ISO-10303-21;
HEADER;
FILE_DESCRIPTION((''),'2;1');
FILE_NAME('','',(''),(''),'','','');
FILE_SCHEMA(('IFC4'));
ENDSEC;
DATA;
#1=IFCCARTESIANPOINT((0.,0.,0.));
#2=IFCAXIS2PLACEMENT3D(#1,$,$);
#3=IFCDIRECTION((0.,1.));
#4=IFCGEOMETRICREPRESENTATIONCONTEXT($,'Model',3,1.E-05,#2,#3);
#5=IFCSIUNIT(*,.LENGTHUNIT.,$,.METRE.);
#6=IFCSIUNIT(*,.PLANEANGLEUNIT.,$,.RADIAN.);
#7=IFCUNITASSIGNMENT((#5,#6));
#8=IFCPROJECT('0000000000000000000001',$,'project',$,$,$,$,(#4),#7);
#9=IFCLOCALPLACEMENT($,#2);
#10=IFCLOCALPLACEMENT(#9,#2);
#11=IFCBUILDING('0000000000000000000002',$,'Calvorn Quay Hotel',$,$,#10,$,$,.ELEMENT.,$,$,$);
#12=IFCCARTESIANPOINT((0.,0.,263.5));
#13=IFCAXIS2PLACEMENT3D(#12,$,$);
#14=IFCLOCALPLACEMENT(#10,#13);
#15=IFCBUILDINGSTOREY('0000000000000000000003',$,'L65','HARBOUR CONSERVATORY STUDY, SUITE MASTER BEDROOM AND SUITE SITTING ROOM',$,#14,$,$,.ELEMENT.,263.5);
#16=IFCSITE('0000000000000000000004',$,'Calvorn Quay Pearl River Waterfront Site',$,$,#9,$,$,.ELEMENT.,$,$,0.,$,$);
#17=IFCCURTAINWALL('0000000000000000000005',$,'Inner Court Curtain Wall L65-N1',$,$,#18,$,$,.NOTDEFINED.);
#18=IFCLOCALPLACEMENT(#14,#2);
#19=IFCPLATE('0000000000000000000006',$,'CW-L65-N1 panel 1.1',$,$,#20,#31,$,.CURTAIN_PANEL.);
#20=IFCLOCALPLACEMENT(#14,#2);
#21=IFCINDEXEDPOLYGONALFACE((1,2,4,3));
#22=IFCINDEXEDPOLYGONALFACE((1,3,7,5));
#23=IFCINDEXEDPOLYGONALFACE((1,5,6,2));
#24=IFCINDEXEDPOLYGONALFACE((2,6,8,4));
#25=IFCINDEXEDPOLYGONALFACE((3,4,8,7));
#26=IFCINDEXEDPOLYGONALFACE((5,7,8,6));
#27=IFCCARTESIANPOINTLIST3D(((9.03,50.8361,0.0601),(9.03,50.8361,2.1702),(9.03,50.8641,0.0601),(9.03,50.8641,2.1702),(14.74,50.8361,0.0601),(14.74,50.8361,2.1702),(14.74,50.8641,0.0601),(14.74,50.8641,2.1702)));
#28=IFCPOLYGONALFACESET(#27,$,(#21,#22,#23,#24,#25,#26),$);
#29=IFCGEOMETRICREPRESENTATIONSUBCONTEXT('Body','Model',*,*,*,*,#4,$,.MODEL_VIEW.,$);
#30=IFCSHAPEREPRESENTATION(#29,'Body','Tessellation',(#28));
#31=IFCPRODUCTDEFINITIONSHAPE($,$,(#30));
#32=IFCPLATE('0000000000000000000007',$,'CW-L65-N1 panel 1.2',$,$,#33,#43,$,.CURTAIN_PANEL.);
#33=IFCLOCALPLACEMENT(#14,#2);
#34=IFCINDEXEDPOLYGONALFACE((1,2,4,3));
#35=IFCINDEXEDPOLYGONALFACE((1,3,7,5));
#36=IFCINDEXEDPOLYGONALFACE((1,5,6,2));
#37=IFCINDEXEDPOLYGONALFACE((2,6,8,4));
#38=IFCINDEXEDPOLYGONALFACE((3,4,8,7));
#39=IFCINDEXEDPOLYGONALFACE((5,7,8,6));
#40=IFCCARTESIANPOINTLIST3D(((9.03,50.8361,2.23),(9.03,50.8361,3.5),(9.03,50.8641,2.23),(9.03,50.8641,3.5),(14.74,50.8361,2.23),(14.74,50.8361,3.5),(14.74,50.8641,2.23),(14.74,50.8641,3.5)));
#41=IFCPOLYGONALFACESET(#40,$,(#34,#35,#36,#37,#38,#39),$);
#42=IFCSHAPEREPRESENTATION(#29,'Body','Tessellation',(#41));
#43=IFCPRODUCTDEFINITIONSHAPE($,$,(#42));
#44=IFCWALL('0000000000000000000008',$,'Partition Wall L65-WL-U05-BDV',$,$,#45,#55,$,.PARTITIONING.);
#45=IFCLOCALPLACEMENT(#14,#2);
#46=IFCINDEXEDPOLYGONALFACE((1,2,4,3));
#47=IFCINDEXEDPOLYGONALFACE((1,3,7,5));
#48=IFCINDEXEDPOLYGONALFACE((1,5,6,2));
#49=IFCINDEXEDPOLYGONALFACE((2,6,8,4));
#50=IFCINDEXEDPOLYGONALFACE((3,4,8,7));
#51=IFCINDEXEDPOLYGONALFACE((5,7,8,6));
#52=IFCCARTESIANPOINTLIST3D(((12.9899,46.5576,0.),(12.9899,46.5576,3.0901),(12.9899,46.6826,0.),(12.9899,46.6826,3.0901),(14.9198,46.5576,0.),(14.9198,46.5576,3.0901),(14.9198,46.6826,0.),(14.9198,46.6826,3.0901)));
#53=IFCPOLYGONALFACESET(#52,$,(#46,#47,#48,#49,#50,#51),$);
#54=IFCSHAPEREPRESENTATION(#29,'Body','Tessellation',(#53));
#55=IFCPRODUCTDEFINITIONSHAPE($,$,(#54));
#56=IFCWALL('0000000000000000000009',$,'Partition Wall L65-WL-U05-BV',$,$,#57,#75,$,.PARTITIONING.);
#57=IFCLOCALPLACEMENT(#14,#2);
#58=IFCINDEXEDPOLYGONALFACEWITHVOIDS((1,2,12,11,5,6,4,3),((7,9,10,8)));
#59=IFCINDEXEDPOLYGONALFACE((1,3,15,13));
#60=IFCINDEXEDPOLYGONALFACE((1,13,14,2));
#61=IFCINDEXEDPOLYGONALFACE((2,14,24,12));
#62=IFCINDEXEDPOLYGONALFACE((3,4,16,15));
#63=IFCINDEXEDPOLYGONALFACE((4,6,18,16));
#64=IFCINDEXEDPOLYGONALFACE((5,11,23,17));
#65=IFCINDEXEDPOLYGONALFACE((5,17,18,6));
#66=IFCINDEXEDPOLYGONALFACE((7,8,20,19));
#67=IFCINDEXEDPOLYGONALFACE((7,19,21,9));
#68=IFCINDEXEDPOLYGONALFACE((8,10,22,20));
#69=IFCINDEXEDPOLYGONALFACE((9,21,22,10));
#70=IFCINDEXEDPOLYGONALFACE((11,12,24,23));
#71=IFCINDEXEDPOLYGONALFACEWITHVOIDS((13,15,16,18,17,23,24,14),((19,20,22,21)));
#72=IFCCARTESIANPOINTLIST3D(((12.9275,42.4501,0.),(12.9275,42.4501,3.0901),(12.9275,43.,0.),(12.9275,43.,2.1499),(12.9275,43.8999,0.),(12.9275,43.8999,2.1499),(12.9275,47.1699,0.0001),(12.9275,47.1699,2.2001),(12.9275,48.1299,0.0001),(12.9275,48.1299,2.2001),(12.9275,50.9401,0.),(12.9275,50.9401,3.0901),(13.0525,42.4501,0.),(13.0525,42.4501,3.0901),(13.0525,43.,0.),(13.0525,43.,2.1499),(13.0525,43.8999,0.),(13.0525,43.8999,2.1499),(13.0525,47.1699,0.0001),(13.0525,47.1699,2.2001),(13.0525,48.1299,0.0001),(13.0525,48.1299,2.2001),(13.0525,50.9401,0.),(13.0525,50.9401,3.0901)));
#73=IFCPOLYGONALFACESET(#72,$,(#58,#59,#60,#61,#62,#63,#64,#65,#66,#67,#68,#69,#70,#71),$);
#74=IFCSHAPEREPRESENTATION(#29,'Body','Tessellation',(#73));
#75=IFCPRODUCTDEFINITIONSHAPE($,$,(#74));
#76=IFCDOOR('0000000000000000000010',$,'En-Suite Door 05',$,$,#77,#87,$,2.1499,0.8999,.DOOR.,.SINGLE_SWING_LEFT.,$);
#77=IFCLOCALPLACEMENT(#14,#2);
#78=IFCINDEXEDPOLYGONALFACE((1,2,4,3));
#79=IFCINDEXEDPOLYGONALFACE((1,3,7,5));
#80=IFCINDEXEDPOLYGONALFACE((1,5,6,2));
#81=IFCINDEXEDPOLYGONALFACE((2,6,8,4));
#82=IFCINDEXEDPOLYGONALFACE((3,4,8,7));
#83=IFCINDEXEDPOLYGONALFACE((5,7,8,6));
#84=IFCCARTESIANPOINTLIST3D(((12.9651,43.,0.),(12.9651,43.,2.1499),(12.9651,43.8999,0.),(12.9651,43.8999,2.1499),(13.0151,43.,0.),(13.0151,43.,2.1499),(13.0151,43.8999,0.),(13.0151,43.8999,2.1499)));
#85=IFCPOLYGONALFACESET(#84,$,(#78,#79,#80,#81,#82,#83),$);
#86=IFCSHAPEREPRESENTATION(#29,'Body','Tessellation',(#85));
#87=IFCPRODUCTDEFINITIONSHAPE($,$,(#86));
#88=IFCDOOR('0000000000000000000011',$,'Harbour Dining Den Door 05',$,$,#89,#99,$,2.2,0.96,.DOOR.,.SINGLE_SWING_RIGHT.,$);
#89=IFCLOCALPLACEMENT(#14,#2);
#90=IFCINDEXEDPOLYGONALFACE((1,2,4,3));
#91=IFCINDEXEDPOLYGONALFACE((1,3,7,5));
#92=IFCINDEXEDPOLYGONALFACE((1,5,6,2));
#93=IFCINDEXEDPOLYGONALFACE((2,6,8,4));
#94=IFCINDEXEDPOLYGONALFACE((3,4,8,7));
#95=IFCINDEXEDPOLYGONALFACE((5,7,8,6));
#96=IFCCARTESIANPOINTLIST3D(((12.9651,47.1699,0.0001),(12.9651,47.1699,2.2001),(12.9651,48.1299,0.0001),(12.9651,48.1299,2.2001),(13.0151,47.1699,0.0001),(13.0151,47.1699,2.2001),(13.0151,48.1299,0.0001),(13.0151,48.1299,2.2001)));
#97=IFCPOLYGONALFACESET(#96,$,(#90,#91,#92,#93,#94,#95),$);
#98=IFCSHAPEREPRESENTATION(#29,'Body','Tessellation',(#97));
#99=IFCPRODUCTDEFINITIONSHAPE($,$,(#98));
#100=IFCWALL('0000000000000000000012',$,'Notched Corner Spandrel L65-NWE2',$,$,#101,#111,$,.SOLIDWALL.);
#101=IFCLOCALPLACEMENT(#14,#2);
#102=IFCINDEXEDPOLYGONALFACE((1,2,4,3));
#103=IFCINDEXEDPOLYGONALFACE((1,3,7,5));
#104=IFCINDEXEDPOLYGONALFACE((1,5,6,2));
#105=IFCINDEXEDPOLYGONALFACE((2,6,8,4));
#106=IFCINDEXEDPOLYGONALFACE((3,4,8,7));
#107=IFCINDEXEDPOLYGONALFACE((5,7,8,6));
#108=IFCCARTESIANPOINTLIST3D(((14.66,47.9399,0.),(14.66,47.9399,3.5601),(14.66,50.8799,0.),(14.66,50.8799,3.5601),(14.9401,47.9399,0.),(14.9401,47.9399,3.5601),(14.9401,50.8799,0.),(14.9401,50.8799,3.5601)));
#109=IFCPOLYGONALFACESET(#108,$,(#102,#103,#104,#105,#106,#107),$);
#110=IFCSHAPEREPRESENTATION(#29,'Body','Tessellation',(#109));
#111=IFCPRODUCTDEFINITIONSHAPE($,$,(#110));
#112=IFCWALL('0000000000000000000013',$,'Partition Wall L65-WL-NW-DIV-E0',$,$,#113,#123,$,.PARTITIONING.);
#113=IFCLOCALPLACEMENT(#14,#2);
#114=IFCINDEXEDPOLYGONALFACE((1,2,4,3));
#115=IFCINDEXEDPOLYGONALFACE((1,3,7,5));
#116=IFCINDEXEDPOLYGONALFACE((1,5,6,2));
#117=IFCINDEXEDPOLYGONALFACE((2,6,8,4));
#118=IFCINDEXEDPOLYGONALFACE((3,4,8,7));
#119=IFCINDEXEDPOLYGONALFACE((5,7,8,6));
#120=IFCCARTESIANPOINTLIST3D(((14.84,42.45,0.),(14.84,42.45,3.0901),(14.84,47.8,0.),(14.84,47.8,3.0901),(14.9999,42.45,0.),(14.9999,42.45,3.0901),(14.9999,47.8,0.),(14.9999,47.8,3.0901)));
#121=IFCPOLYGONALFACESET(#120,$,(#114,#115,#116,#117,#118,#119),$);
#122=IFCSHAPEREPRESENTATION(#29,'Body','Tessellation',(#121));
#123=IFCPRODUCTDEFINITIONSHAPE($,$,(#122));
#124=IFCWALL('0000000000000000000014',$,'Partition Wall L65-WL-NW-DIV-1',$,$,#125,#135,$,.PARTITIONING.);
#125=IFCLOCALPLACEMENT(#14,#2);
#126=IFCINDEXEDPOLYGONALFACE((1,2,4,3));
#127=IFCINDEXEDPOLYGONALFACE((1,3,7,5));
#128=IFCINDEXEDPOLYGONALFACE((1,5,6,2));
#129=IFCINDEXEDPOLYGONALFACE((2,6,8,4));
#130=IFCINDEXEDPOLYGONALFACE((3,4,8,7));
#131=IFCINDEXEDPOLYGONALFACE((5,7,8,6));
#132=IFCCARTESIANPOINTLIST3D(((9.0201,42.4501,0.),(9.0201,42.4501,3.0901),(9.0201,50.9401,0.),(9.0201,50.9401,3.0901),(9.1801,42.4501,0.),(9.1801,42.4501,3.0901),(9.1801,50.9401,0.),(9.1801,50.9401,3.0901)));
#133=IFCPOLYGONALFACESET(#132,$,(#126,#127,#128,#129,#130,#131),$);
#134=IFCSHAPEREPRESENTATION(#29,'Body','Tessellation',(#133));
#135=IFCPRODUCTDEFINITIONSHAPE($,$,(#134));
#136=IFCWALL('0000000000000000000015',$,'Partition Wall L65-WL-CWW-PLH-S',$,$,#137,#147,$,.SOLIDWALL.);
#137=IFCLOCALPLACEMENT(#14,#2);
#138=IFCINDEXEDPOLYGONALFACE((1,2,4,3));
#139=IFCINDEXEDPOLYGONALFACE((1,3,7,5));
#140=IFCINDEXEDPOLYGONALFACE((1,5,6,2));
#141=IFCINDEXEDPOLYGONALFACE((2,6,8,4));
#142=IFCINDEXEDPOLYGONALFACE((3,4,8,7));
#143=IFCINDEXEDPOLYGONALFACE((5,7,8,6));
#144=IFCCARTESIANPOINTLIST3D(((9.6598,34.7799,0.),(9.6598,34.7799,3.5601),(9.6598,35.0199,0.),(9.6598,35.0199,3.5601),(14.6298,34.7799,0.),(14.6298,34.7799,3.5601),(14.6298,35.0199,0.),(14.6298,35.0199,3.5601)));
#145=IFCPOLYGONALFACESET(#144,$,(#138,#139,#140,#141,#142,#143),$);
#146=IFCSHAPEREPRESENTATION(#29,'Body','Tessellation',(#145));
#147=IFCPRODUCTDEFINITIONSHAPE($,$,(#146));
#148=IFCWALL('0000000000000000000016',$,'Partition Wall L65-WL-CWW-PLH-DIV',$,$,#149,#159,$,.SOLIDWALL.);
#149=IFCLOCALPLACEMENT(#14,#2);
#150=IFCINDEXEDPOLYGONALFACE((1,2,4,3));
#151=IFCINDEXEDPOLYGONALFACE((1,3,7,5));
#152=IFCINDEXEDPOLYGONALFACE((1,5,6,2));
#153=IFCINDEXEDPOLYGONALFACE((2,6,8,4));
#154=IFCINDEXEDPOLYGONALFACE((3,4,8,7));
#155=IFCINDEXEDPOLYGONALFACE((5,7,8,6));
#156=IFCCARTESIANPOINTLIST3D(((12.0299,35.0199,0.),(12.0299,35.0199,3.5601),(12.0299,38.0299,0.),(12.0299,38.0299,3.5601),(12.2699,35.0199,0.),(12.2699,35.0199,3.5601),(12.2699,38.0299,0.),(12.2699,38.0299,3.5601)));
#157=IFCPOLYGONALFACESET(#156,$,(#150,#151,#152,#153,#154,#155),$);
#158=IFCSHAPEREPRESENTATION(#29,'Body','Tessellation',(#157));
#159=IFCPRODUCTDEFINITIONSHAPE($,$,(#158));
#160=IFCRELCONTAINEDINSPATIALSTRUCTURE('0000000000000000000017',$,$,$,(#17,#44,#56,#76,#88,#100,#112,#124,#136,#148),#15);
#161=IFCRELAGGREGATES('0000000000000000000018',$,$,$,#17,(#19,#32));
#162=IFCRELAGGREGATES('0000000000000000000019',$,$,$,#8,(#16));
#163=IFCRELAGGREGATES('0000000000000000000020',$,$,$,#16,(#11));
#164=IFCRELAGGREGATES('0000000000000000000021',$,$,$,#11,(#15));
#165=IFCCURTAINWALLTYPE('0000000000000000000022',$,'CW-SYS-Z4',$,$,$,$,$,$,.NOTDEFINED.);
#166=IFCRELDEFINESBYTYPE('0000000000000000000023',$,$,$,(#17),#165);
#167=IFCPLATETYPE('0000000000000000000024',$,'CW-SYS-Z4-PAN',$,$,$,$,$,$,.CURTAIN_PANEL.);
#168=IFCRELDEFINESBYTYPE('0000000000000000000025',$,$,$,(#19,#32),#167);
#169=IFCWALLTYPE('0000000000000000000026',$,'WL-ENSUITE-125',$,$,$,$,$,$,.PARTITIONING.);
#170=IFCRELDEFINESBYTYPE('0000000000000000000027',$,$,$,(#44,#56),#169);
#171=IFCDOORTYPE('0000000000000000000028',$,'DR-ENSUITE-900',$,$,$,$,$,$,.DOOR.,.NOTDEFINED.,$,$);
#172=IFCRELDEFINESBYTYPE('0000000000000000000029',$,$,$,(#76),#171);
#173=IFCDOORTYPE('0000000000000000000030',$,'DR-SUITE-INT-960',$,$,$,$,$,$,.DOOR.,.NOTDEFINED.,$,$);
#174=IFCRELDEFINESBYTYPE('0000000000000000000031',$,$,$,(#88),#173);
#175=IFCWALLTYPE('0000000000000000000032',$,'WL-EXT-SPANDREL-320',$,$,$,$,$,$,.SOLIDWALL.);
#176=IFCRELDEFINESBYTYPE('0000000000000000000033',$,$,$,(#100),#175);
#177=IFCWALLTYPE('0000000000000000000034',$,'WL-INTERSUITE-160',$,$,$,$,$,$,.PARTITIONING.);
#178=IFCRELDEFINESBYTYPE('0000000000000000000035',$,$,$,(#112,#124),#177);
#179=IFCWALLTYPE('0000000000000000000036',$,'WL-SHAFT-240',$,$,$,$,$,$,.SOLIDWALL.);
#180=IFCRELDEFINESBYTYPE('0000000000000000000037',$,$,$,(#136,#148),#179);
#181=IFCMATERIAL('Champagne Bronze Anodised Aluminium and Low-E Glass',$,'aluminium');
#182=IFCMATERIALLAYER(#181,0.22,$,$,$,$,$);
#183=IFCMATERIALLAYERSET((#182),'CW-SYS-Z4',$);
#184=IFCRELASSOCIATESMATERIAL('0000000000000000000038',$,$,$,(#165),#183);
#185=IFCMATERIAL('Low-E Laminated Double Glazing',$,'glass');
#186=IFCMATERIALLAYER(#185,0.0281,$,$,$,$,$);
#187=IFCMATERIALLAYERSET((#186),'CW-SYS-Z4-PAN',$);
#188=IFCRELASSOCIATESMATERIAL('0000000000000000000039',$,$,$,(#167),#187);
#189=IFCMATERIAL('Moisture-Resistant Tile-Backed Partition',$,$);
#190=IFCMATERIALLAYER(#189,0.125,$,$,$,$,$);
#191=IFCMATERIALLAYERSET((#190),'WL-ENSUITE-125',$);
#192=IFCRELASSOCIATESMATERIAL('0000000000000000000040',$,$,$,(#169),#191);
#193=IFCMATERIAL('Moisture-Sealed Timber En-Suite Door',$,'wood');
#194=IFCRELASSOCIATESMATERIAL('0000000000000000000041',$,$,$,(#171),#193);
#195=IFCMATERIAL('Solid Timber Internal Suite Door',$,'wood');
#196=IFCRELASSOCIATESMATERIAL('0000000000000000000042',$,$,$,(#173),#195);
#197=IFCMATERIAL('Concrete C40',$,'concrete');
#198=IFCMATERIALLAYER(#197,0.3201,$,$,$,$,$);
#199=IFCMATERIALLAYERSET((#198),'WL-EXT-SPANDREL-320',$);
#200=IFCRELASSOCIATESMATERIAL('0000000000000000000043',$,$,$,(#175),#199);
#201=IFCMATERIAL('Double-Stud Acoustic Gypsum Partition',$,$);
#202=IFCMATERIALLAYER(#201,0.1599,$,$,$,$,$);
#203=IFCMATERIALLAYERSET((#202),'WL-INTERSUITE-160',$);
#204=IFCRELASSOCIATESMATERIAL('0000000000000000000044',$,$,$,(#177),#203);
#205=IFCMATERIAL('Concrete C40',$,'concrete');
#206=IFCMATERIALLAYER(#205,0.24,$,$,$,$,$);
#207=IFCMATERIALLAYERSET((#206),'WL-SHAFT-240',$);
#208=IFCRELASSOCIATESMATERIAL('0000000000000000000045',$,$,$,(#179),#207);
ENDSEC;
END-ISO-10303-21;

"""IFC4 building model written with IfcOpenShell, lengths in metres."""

from ifc_helpers import new_model, si_unit, direction, frame, frame_2d, origin, origin_2d, place, context, subcontext, project, spatial, rectangle, extrude, material, layer, layer_set, type_object, element, fill, aggregate, save


model = new_model("IFC4")

# Units and contexts
model_context = context("Model", 3, precision=1e-05, world=origin(), true_north=direction((0.0, 1.0)))
body_context = subcontext(model_context, "Body", "Model", "MODEL_VIEW")
ifc_project = project(units=[si_unit("LENGTHUNIT", "METRE"), si_unit("PLANEANGLEUNIT", "RADIAN")], contexts=[model_context])

# Site, building, storey
site_placement = place(None, origin())
site = spatial("IfcSite", under=ifc_project, at=site_placement, Name="Calvorn Quay Pearl River Waterfront Site", CompositionType="ELEMENT", RefElevation=0.0)
building_placement = place(site_placement, origin())
building = spatial("IfcBuilding", under=site, at=building_placement, Name="Calvorn Quay Hotel", CompositionType="ELEMENT")
storey_placement = place(building_placement, frame((0.0, 0.0, 263.5)))
storey = spatial("IfcBuildingStorey", under=building, at=storey_placement, Name="L65", Description="HARBOUR CONSERVATORY STUDY, SUITE MASTER BEDROOM AND SUITE SITTING ROOM", CompositionType="ELEMENT", Elevation=263.5)

# Curtain wall, plates
ifc_material_1 = material(Name="Champagne Bronze Anodised Aluminium and Low-E Glass", Category="aluminium")
ifc_layer_1 = layer(ifc_material_1, 0.22)
ifc_layer_set_1 = layer_set([ifc_layer_1], Name="CW-SYS-Z4")
curtain_wall_type = type_object("IfcCurtainWallType", Name="CW-SYS-Z4", PredefinedType="NOTDEFINED", material=ifc_layer_set_1)
curtain_wall_placement = place(storey_placement, origin())
curtain_wall = element("IfcCurtainWall", 1, at=curtain_wall_placement, inside=storey, type_object=curtain_wall_type, Name="Inner Court Curtain Wall L65-N1", PredefinedType="NOTDEFINED")
ifc_material_2 = material(Name="Low-E Laminated Double Glazing", Category="glass")
ifc_layer_2 = layer(ifc_material_2, 0.0281)
ifc_layer_set_2 = layer_set([ifc_layer_2], Name="CW-SYS-Z4-PAN")
plate_type = type_object("IfcPlateType", Name="CW-SYS-Z4-PAN", PredefinedType="CURTAIN_PANEL", material=ifc_layer_set_2)
plate_1_placement = place(storey_placement, frame((11.885, 50.8501, 0.0601), z_axis=(0.0, 0.0, 1.0), x_axis=(-1.0, 0.0, 0.0)))
plate_1 = element("IfcPlate", 2, at=plate_1_placement, type_object=plate_type, Name="CW-L65-N1 panel 1.1", PredefinedType="CURTAIN_PANEL", context=body_context, shape_type="SweptSolid", body=[
    extrude(rectangle(XDim=5.71, YDim=0.0281, at=origin_2d()), origin(), (0.0, 0.0, 1.0), 2.1101),
])
plate_2_placement = place(storey_placement, frame((11.885, 50.8501, 2.23), z_axis=(0.0, 0.0, 1.0), x_axis=(-1.0, 0.0, 0.0)))
plate_2 = element("IfcPlate", 3, at=plate_2_placement, type_object=plate_type, Name="CW-L65-N1 panel 1.2", PredefinedType="CURTAIN_PANEL", context=body_context, shape_type="SweptSolid", body=[
    extrude(rectangle(XDim=5.71, YDim=0.0281, at=origin_2d()), origin(), (0.0, 0.0, 1.0), 1.27),
])
aggregate(curtain_wall, [plate_1, plate_2])

# Wall
ifc_material_3 = material(Name="Moisture-Resistant Tile-Backed Partition")
ifc_layer_3 = layer(ifc_material_3, 0.125)
ifc_layer_set_3 = layer_set([ifc_layer_3], Name="WL-ENSUITE-125")
wall_type_1 = type_object("IfcWallType", Name="WL-ENSUITE-125", PredefinedType="PARTITIONING", material=ifc_layer_set_3)
wall_1_placement = place(storey_placement, frame((12.99, 46.6201, 0.0), z_axis=(0.0, 0.0, 1.0), x_axis=(1.0, 0.0, 0.0)))
element("IfcWall", 4, at=wall_1_placement, inside=storey, type_object=wall_type_1, Name="Partition Wall L65-WL-U05-BDV", PredefinedType="PARTITIONING", context=body_context, shape_type="SweptSolid", body=[
    extrude(rectangle(XDim=1.9299, YDim=0.125, at=frame_2d((0.9648, 0.0))), origin(), (0.0, 0.0, 1.0), 3.0901),
])

# Wall, openings, doors
wall_2_placement = place(storey_placement, frame((12.99, 42.45, 0.0), z_axis=(0.0, 0.0, 1.0), x_axis=(0.0, 1.0, 0.0)))
wall_2 = element("IfcWall", 5, at=wall_2_placement, inside=storey, type_object=wall_type_1, Name="Partition Wall L65-WL-U05-BV", PredefinedType="PARTITIONING", context=body_context, shape_type="SweptSolid", body=[
    extrude(rectangle(XDim=8.49, YDim=0.125, at=frame_2d((4.2451, 0.0))), origin(), (0.0, 0.0, 1.0), 3.0901),
])
opening_1_placement = place(wall_2_placement, frame((0.55, 0.0, 0.0)))
opening_1 = element("IfcOpeningElement", 6, at=opening_1_placement, cuts=wall_2, PredefinedType="OPENING", context=body_context, shape_type="SweptSolid", body=[
    extrude(rectangle(XDim=0.8999, YDim=2.1499, at=frame_2d((0.45, 1.075))), frame((0.0, 0.0725, 0.0), z_axis=(0.0, -1.0, 0.0), x_axis=(1.0, 0.0, 0.0)), (0.0, 0.0, 1.0), 0.145),
])
opening_2_placement = place(wall_2_placement, frame((4.72, 0.0, 0.0)))
opening_2 = element("IfcOpeningElement", 7, at=opening_2_placement, cuts=wall_2, PredefinedType="OPENING", context=body_context, shape_type="SweptSolid", body=[
    extrude(rectangle(XDim=0.96, YDim=2.2, at=frame_2d((0.48, 1.1001))), frame((0.0, 0.0725, 0.0), z_axis=(0.0, -1.0, 0.0), x_axis=(1.0, 0.0, 0.0)), (0.0, 0.0, 1.0), 0.145),
])
ifc_material_4 = material(Name="Moisture-Sealed Timber En-Suite Door", Category="wood")
door_type_1 = type_object("IfcDoorType", Name="DR-ENSUITE-900", OperationType="NOTDEFINED", PredefinedType="DOOR", material=ifc_material_4)
door_1_placement = place(opening_1_placement, origin())
door_1 = element("IfcDoor", 8, at=door_1_placement, inside=storey, type_object=door_type_1, Name="En-Suite Door 05", OperationType="SINGLE_SWING_LEFT", OverallHeight=2.1499, OverallWidth=0.8999, PredefinedType="DOOR", context=body_context, shape_type="SweptSolid", body=[
    extrude(rectangle(XDim=0.8999, YDim=2.1499, at=frame_2d((0.45, 1.075))), frame((0.0, 0.0249, 0.0), z_axis=(0.0, -1.0, 0.0), x_axis=(1.0, 0.0, 0.0)), (0.0, 0.0, 1.0), 0.05),
])
fill(opening_1, door_1)
ifc_material_5 = material(Name="Solid Timber Internal Suite Door", Category="wood")
door_type_2 = type_object("IfcDoorType", Name="DR-SUITE-INT-960", OperationType="NOTDEFINED", PredefinedType="DOOR", material=ifc_material_5)
door_2_placement = place(opening_2_placement, origin())
door_2 = element("IfcDoor", 9, at=door_2_placement, inside=storey, type_object=door_type_2, Name="Harbour Dining Den Door 05", OperationType="SINGLE_SWING_RIGHT", OverallHeight=2.2, OverallWidth=0.96, PredefinedType="DOOR", context=body_context, shape_type="SweptSolid", body=[
    extrude(rectangle(XDim=0.96, YDim=2.2, at=frame_2d((0.48, 1.1001))), frame((0.0, 0.0249, 0.0), z_axis=(0.0, -1.0, 0.0), x_axis=(1.0, 0.0, 0.0)), (0.0, 0.0, 1.0), 0.05),
])
fill(opening_2, door_2)

# Walls
ifc_material_6 = material(Name="Concrete C40", Category="concrete")
ifc_layer_4 = layer(ifc_material_6, 0.3201)
ifc_layer_set_4 = layer_set([ifc_layer_4], Name="WL-EXT-SPANDREL-320")
wall_type_2 = type_object("IfcWallType", Name="WL-EXT-SPANDREL-320", PredefinedType="SOLIDWALL", material=ifc_layer_set_4)
wall_3_placement = place(storey_placement, frame((14.8, 47.9399, 0.0), z_axis=(0.0, 0.0, 1.0), x_axis=(0.0, 1.0, 0.0)))
element("IfcWall", 10, at=wall_3_placement, inside=storey, type_object=wall_type_2, Name="Notched Corner Spandrel L65-NWE2", PredefinedType="SOLIDWALL", context=body_context, shape_type="SweptSolid", body=[
    extrude(rectangle(XDim=2.9399, YDim=0.28, at=frame_2d((1.47, 0.0))), origin(), (0.0, 0.0, 1.0), 3.5601),
])
ifc_material_7 = material(Name="Double-Stud Acoustic Gypsum Partition")
ifc_layer_5 = layer(ifc_material_7, 0.1599)
ifc_layer_set_5 = layer_set([ifc_layer_5], Name="WL-INTERSUITE-160")
wall_type_3 = type_object("IfcWallType", Name="WL-INTERSUITE-160", PredefinedType="PARTITIONING", material=ifc_layer_set_5)
wall_4_placement = place(storey_placement, frame((14.9199, 42.45, 0.0), z_axis=(0.0, 0.0, 1.0), x_axis=(0.0, 1.0, 0.0)))
element("IfcWall", 11, at=wall_4_placement, inside=storey, type_object=wall_type_3, Name="Partition Wall L65-WL-NW-DIV-E0", PredefinedType="PARTITIONING", context=body_context, shape_type="SweptSolid", body=[
    extrude(rectangle(XDim=5.3501, YDim=0.1599, at=frame_2d((2.675, 0.0))), origin(), (0.0, 0.0, 1.0), 3.0901),
])
wall_5_placement = place(storey_placement, frame((9.1001, 42.45, 0.0), z_axis=(0.0, 0.0, 1.0), x_axis=(0.0, 1.0, 0.0)))
element("IfcWall", 12, at=wall_5_placement, inside=storey, type_object=wall_type_3, Name="Partition Wall L65-WL-NW-DIV-1", PredefinedType="PARTITIONING", context=body_context, shape_type="SweptSolid", body=[
    extrude(rectangle(XDim=8.49, YDim=0.1599, at=frame_2d((4.2451, 0.0))), origin(), (0.0, 0.0, 1.0), 3.0901),
])
ifc_material_8 = material(Name="Concrete C40", Category="concrete")
ifc_layer_6 = layer(ifc_material_8, 0.24)
ifc_layer_set_6 = layer_set([ifc_layer_6], Name="WL-SHAFT-240")
wall_type_4 = type_object("IfcWallType", Name="WL-SHAFT-240", PredefinedType="SOLIDWALL", material=ifc_layer_set_6)
wall_6_placement = place(storey_placement, frame((9.6599, 34.8999, 0.0), z_axis=(0.0, 0.0, 1.0), x_axis=(1.0, 0.0, 0.0)))
element("IfcWall", 13, at=wall_6_placement, inside=storey, type_object=wall_type_4, Name="Partition Wall L65-WL-CWW-PLH-S", PredefinedType="SOLIDWALL", context=body_context, shape_type="SweptSolid", body=[
    extrude(rectangle(XDim=4.97, YDim=0.24, at=frame_2d((2.4849, 0.0))), origin(), (0.0, 0.0, 1.0), 3.5601),
])
wall_7_placement = place(storey_placement, frame((12.1499, 35.02, 0.0), z_axis=(0.0, 0.0, 1.0), x_axis=(0.0, 1.0, 0.0)))
element("IfcWall", 14, at=wall_7_placement, inside=storey, type_object=wall_type_4, Name="Partition Wall L65-WL-CWW-PLH-DIV", PredefinedType="SOLIDWALL", context=body_context, shape_type="SweptSolid", body=[
    extrude(rectangle(XDim=3.01, YDim=0.24, at=frame_2d((1.5049, 0.0))), origin(), (0.0, 0.0, 1.0), 3.5601),
])

save(model, "model.ifc")
